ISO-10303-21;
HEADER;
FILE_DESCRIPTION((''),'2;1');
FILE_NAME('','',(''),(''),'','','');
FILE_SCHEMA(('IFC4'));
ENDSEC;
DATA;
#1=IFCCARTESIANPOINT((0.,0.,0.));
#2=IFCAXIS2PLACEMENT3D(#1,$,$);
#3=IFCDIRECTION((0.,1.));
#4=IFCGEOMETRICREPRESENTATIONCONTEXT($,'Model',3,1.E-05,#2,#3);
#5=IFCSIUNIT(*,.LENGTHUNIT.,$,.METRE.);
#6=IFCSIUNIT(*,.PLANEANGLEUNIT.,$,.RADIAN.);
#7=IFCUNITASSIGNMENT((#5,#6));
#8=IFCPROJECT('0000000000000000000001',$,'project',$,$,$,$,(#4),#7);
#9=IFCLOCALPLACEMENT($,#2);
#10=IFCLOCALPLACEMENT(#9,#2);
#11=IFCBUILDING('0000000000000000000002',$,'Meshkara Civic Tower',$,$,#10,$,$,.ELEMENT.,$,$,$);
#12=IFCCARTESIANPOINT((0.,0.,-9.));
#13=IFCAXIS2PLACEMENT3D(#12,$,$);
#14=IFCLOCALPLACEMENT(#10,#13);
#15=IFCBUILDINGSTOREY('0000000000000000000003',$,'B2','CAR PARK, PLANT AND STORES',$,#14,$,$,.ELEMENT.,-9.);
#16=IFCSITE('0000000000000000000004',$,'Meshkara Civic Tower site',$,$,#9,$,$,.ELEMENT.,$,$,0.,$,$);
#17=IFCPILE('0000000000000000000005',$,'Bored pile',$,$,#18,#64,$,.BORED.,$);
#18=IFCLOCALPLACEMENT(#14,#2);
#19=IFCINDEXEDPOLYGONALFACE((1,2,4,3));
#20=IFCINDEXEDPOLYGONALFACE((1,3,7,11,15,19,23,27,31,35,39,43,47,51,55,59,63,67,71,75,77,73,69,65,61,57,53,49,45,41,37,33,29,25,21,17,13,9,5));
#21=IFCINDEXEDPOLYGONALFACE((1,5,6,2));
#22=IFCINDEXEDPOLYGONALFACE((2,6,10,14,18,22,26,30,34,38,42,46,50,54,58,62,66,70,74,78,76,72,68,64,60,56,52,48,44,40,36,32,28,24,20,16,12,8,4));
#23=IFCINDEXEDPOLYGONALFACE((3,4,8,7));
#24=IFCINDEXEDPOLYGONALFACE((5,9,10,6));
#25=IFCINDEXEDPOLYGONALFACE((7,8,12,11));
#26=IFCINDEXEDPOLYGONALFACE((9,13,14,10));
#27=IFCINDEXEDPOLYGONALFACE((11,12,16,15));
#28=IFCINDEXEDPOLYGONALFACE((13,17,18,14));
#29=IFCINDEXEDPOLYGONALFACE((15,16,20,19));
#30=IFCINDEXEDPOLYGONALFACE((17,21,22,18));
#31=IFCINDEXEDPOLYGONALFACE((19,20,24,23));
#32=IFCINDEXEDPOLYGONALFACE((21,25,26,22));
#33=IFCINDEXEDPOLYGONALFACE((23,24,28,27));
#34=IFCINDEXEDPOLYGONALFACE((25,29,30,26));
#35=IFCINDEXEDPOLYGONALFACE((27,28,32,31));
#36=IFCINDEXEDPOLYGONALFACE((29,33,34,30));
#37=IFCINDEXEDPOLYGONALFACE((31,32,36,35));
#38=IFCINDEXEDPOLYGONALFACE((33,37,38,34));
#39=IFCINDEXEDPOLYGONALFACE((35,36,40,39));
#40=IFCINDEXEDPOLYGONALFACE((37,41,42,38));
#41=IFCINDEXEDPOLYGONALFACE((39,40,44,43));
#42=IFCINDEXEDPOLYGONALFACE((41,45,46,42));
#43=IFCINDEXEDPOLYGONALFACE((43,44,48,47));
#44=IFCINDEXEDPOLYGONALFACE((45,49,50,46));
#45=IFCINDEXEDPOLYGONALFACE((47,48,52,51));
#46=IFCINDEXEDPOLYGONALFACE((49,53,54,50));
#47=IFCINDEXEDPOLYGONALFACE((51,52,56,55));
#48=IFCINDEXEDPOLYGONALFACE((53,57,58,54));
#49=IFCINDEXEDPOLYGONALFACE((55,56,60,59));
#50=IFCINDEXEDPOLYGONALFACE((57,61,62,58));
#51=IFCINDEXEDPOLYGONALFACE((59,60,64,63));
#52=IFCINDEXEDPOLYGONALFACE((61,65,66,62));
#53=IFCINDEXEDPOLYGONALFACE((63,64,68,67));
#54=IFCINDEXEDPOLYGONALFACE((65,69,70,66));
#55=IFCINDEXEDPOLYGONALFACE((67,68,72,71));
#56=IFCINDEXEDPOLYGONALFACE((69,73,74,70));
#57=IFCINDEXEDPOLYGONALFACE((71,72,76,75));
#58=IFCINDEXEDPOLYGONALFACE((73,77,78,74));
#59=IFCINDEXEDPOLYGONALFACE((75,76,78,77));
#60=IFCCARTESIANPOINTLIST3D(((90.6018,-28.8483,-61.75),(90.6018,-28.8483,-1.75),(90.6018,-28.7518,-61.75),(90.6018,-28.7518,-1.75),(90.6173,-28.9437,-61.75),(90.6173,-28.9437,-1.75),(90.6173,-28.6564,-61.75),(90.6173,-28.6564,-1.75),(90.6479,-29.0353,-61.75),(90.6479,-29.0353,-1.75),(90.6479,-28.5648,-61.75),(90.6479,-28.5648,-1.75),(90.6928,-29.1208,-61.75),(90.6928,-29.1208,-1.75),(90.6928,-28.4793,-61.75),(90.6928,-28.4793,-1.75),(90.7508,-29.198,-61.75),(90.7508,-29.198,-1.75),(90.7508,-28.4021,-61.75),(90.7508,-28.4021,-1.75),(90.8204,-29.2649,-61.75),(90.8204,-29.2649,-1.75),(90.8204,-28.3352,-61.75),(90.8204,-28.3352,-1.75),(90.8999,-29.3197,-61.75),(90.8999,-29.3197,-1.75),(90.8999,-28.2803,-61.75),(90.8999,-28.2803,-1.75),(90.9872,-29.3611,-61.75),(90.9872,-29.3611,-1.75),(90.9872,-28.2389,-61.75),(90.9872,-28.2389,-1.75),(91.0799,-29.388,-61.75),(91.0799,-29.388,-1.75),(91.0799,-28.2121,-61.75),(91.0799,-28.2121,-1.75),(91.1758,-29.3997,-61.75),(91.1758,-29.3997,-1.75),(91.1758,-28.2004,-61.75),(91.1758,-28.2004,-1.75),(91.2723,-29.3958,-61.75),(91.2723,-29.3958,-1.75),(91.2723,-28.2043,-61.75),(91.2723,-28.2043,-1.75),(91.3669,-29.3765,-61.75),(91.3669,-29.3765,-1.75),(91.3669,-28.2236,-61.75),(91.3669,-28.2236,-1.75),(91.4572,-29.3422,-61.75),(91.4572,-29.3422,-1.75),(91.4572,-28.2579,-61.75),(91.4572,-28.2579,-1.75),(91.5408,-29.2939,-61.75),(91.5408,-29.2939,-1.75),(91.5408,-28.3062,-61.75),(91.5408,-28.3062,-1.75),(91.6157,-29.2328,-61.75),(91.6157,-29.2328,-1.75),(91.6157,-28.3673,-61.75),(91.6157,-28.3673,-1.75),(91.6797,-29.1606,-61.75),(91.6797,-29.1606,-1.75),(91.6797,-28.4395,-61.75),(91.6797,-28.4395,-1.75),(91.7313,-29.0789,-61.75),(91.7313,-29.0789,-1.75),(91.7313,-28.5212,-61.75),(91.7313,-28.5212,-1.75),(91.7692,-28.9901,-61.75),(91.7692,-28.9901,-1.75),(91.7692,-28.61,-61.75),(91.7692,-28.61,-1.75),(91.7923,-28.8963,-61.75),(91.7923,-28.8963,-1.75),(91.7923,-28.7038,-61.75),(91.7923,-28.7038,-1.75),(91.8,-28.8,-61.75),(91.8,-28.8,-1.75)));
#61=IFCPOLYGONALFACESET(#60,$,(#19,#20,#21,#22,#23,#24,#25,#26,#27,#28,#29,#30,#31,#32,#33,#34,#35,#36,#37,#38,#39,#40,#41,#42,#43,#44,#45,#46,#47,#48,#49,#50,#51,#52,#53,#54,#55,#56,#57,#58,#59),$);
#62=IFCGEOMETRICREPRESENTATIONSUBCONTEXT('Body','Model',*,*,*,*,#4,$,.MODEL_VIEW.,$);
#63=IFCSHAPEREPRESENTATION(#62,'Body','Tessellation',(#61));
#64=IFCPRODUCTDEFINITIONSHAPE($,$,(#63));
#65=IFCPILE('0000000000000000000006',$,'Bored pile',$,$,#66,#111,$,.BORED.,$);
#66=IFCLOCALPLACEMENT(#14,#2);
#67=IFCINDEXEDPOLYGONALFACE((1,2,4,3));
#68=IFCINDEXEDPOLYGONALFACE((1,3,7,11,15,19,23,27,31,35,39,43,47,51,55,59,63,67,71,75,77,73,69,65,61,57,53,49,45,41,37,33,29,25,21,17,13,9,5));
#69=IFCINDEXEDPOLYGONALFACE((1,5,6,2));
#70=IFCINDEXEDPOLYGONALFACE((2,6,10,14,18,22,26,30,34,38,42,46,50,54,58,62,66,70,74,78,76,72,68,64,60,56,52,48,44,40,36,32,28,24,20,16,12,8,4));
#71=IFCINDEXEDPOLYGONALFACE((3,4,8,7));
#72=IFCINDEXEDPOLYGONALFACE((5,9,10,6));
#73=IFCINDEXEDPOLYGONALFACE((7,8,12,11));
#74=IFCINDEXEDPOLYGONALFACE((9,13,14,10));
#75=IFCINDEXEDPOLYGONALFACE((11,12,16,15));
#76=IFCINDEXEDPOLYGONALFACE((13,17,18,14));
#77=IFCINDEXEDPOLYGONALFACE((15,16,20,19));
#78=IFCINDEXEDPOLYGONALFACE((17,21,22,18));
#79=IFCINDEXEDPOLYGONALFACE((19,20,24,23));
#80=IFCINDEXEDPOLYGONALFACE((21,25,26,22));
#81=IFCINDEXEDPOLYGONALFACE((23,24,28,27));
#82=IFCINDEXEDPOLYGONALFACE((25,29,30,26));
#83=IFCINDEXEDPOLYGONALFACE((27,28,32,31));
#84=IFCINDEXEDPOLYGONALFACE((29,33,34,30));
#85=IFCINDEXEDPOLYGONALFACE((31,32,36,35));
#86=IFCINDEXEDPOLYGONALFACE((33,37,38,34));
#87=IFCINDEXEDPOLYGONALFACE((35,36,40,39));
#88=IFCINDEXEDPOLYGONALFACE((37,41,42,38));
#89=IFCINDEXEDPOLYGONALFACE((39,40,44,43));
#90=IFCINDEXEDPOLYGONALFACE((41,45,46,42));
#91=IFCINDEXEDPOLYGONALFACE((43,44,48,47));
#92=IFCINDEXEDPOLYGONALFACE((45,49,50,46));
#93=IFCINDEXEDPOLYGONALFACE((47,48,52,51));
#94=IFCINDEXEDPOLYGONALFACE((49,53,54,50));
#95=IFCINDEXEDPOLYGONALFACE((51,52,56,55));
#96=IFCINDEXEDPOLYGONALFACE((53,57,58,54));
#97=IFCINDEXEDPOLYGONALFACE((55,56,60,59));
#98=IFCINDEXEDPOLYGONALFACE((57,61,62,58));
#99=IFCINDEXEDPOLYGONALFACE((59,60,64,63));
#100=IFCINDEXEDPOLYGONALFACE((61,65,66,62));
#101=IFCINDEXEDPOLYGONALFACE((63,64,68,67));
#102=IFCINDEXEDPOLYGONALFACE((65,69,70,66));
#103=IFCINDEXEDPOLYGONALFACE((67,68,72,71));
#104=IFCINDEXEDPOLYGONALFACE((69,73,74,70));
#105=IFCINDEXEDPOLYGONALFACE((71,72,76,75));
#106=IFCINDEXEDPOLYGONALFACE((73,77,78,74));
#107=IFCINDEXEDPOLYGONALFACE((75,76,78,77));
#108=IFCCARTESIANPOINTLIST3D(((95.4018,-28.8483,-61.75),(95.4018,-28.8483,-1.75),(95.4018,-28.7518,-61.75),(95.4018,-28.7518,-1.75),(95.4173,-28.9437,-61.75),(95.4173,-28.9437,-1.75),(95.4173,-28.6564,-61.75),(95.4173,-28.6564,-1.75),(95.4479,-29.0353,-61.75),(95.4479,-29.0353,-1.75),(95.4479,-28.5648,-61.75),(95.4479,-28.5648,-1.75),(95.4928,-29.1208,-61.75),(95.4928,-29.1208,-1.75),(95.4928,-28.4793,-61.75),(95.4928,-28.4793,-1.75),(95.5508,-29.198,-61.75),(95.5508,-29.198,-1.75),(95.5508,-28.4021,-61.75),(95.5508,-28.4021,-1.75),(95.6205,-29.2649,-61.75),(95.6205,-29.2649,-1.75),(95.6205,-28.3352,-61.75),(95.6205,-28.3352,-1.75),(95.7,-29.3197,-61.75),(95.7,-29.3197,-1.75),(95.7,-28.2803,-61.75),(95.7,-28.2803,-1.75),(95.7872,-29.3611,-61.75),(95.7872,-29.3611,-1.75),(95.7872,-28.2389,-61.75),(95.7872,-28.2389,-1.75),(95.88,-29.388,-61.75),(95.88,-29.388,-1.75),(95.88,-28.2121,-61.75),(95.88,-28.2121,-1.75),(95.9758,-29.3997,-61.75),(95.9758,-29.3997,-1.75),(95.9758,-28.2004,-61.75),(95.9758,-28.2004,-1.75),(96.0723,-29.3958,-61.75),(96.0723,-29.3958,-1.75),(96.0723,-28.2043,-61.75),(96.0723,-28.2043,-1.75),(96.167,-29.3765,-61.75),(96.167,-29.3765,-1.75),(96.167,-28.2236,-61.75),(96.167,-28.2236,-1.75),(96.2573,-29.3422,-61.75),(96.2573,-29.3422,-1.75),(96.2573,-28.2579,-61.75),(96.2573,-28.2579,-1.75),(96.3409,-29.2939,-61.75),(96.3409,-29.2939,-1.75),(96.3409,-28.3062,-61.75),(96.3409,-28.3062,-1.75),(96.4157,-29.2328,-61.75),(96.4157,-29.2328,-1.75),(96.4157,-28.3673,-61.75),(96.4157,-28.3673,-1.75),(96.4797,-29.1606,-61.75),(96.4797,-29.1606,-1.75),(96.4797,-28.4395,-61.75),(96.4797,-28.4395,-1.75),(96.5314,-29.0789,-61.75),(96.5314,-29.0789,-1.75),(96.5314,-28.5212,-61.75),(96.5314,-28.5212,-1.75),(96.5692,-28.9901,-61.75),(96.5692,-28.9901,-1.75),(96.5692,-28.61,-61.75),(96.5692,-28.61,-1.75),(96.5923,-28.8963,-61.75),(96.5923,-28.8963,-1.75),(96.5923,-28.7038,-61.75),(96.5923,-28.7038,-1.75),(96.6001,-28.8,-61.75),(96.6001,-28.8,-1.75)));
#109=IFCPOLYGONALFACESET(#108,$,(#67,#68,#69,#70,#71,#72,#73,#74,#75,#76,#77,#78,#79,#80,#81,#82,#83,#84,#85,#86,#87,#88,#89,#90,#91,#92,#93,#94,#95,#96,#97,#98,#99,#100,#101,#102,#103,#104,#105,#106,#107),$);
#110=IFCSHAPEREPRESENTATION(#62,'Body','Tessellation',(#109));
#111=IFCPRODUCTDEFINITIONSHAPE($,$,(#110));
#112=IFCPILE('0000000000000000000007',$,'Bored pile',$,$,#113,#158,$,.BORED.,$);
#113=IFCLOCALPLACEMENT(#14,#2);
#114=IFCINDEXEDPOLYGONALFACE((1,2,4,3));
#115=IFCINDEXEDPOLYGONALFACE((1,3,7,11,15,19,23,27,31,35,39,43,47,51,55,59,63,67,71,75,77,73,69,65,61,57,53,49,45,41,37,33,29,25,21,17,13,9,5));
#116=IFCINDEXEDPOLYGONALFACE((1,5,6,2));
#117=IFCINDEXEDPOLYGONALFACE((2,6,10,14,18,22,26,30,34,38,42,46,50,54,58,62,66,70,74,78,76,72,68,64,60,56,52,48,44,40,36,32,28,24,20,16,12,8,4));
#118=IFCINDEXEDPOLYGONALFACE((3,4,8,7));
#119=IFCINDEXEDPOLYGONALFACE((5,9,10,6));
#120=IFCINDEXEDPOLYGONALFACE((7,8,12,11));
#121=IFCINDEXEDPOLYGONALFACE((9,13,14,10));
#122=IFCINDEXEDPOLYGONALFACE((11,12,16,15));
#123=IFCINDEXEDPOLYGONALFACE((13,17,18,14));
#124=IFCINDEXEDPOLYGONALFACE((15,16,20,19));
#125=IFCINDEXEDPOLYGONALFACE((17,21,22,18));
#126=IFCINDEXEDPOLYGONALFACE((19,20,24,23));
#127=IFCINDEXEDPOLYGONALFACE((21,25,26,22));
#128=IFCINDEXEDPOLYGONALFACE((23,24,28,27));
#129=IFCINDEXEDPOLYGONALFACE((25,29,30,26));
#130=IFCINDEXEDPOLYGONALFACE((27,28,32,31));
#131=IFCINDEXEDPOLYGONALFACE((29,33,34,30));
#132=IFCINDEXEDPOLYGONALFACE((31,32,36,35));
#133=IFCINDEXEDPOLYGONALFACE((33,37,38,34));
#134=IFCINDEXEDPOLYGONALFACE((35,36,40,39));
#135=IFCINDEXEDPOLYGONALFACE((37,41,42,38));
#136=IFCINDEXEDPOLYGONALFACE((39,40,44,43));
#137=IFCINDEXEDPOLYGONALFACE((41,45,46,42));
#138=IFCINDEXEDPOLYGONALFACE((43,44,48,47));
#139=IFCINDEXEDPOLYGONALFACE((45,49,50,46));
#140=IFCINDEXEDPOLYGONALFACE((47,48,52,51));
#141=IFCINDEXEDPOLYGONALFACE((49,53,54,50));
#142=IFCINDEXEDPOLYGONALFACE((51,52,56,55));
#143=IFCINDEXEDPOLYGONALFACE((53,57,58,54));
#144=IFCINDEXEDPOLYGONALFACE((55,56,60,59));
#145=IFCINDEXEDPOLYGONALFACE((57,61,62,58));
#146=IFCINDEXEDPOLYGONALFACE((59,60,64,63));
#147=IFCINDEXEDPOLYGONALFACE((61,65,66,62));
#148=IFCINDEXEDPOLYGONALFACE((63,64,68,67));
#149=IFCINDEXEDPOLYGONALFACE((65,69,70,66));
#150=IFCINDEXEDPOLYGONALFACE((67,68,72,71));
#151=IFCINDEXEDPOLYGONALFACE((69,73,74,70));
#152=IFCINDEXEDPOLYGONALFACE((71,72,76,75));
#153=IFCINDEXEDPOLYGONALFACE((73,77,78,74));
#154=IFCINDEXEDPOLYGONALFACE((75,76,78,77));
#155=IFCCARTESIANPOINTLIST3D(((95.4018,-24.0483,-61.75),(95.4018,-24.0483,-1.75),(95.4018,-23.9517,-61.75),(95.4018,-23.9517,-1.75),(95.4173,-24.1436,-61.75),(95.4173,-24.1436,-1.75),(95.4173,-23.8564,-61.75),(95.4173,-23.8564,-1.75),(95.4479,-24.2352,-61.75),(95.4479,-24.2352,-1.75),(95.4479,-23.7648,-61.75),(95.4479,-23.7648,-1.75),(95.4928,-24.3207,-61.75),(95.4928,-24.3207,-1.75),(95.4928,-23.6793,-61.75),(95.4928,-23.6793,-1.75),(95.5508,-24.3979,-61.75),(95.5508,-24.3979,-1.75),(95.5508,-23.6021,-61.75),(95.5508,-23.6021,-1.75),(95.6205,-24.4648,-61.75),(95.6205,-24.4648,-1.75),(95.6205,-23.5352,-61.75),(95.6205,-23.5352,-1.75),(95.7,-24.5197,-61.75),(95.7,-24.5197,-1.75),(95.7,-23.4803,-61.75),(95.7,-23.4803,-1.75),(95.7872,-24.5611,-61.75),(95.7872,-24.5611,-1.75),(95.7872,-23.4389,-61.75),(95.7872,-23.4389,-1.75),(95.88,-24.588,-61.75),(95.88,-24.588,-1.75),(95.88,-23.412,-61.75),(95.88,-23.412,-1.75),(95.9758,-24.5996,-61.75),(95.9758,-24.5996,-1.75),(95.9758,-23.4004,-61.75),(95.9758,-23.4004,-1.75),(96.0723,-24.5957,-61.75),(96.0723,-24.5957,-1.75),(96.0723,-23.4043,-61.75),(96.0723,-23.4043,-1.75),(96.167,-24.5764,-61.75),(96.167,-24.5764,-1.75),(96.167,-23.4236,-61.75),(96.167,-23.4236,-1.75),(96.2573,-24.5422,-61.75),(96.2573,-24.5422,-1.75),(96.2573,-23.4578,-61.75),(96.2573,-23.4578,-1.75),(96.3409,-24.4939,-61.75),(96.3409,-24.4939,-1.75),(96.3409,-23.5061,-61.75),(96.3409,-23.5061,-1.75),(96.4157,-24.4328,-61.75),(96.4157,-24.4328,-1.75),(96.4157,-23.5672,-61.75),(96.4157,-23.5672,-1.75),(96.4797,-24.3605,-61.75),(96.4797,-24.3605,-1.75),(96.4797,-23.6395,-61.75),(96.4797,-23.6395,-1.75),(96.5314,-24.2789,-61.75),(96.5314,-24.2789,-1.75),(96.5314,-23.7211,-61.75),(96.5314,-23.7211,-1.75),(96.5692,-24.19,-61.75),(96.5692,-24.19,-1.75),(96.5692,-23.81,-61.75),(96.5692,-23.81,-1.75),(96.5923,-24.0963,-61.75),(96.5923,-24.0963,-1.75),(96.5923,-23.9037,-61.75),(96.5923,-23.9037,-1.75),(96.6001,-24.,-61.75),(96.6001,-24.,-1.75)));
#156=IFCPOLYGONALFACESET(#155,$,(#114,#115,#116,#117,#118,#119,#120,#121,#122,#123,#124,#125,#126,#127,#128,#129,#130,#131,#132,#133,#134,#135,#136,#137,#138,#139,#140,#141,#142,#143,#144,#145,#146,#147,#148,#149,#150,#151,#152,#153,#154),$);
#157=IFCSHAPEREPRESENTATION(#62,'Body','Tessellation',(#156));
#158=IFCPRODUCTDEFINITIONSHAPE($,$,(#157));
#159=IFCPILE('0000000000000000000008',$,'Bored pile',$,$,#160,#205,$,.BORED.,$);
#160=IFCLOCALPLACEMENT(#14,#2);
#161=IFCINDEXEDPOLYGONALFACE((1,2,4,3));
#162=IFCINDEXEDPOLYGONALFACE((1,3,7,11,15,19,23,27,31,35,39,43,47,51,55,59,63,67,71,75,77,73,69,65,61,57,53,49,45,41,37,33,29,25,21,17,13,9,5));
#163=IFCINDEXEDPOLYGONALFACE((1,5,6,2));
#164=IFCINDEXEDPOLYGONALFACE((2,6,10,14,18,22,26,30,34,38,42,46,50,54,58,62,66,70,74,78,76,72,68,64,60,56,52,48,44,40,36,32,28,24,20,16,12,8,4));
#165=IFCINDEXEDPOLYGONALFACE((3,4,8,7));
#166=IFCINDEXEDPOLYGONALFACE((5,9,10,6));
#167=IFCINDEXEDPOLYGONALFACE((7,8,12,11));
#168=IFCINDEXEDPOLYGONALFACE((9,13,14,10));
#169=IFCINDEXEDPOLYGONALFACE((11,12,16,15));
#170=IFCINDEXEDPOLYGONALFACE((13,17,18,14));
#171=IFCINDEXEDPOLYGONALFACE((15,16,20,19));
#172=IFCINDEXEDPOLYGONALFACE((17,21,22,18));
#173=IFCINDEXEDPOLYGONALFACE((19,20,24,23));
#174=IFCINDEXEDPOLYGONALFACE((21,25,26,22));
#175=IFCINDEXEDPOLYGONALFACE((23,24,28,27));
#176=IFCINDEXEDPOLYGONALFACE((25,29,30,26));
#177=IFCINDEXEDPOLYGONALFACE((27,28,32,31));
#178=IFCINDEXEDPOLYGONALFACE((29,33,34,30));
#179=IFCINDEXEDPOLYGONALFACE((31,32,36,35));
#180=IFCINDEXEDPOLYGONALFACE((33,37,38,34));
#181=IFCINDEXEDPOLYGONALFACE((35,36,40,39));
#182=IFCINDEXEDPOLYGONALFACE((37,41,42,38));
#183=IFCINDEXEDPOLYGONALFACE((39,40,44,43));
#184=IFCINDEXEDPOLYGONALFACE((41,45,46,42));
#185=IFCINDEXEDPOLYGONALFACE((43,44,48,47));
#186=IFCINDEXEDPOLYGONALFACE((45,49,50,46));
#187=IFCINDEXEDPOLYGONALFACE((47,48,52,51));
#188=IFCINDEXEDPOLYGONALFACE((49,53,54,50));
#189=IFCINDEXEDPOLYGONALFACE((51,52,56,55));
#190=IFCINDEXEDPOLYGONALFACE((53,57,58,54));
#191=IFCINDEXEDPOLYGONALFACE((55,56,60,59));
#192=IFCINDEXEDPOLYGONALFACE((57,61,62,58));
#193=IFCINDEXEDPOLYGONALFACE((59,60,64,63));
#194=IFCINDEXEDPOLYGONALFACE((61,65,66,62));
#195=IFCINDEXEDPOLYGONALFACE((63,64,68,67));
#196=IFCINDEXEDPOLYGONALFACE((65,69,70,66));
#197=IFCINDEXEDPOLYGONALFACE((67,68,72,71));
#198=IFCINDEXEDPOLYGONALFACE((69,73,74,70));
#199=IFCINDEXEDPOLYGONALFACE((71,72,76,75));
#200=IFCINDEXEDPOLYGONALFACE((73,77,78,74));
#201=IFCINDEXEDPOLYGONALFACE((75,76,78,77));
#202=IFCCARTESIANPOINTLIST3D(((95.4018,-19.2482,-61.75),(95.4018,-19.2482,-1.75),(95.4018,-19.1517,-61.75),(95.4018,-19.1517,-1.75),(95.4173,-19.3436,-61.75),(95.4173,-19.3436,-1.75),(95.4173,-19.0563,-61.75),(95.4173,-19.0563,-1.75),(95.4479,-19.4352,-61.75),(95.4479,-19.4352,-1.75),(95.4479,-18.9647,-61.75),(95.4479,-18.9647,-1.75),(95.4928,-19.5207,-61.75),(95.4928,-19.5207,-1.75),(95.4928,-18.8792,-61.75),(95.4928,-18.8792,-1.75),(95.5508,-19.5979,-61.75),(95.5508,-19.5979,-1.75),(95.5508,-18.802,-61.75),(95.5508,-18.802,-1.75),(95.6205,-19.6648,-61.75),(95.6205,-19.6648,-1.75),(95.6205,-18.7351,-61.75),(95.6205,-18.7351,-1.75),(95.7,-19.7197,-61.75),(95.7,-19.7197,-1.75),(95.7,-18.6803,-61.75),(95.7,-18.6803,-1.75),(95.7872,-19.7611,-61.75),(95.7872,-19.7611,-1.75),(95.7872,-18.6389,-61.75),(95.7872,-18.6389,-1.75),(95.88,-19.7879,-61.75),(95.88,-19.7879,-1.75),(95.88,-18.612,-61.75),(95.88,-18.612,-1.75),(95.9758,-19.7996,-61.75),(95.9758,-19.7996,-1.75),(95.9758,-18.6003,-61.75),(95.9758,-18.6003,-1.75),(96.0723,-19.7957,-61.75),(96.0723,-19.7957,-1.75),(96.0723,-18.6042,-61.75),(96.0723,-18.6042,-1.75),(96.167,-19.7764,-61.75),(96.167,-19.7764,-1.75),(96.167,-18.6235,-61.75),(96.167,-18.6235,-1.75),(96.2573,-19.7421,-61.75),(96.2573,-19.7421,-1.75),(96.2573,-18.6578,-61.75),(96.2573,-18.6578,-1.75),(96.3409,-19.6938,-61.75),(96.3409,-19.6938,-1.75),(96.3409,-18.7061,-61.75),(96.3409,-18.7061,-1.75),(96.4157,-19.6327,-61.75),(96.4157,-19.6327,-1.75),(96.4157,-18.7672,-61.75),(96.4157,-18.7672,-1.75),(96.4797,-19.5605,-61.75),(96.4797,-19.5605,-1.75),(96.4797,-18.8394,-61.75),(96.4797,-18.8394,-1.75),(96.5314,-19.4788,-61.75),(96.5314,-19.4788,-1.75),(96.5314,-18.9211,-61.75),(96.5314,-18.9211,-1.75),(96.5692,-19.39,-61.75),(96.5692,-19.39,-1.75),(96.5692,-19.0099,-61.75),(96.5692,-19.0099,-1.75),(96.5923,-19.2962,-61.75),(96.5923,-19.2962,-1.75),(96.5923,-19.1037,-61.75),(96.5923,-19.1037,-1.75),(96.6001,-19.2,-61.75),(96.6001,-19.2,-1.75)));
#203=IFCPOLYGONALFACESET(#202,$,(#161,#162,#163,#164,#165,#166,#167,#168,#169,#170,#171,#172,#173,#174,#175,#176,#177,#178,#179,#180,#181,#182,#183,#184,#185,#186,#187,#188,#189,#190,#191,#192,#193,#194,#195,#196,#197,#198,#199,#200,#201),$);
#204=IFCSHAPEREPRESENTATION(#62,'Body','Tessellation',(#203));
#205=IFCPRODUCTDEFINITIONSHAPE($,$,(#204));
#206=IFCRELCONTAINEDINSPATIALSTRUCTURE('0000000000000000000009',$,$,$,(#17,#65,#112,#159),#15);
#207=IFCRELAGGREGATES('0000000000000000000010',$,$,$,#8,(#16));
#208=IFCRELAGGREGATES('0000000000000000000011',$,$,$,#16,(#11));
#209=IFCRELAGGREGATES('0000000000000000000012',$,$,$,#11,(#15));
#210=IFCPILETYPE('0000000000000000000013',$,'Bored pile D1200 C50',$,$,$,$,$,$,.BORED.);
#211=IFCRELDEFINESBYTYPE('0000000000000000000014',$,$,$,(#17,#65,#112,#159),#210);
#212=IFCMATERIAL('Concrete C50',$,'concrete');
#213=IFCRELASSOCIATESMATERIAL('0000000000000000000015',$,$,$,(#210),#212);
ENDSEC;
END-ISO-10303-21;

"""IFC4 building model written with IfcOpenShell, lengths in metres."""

from ifc_helpers import new_model, si_unit, direction, frame, origin, origin_2d, place, context, subcontext, project, spatial, circle, extrude, material, material_profile, profile_set, type_object, element, save


model = new_model("IFC4")

# Units and contexts
model_context = context("Model", 3, precision=1e-05, world=origin(), true_north=direction((0.0, 1.0)))
body_context = subcontext(model_context, "Body", "Model", "MODEL_VIEW")
ifc_project = project(units=[si_unit("LENGTHUNIT", "METRE"), si_unit("PLANEANGLEUNIT", "RADIAN")], contexts=[model_context])

# Site, building, storey
site_placement = place(None, origin())
site = spatial("IfcSite", under=ifc_project, at=site_placement, Name="Meshkara Civic Tower site", CompositionType="ELEMENT", RefElevation=0.0)
building_placement = place(site_placement, origin())
building = spatial("IfcBuilding", under=site, at=building_placement, Name="Meshkara Civic Tower", CompositionType="ELEMENT")
storey_placement = place(building_placement, frame((0.0, 0.0, -9.0)))
storey = spatial("IfcBuildingStorey", under=building, at=storey_placement, Name="B2", Description="CAR PARK, PLANT AND STORES", CompositionType="ELEMENT", Elevation=-9.0)

# Piles
ifc_material_1 = material(Name="Concrete C50", Category="concrete")
ifc_material_profile_1 = material_profile(ifc_material_1, circle(Radius=0.6001, at=origin_2d()))
ifc_profile_set_1 = profile_set([ifc_material_profile_1], Name="Concrete C50")
pile_type = type_object("IfcPileType", Name="Bored pile D1200 C50", PredefinedType="BORED", material=ifc_profile_set_1)
for number, where, z_axis, x_axis, name in (
    (1, (91.2, -28.8, -1.75), (0.0, 0.0, -1.0), (1.0, 0.0, 0.0), "Bored pile"),
    (2, (96.0, -28.8, -1.75), (0.0, 0.0, -1.0), (1.0, 0.0, 0.0), "Bored pile"),
    (3, (96.0, -24.0, -1.75), (0.0, 0.0, -1.0), (1.0, 0.0, 0.0), "Bored pile"),
    (4, (96.0, -19.2, -1.75), (0.0, 0.0, -1.0), (1.0, 0.0, 0.0), "Bored pile"),
):
    element("IfcPile", number, at=place(storey_placement, frame(where, z_axis=z_axis, x_axis=x_axis)), inside=storey, type_object=pile_type, Name=name, PredefinedType="BORED", context=body_context, shape_type="SweptSolid", body=[
        extrude(circle(Radius=0.6001, at=origin_2d()), origin(), (0.0, 0.0, 1.0), 60.0),
    ])

save(model, "model.ifc")
